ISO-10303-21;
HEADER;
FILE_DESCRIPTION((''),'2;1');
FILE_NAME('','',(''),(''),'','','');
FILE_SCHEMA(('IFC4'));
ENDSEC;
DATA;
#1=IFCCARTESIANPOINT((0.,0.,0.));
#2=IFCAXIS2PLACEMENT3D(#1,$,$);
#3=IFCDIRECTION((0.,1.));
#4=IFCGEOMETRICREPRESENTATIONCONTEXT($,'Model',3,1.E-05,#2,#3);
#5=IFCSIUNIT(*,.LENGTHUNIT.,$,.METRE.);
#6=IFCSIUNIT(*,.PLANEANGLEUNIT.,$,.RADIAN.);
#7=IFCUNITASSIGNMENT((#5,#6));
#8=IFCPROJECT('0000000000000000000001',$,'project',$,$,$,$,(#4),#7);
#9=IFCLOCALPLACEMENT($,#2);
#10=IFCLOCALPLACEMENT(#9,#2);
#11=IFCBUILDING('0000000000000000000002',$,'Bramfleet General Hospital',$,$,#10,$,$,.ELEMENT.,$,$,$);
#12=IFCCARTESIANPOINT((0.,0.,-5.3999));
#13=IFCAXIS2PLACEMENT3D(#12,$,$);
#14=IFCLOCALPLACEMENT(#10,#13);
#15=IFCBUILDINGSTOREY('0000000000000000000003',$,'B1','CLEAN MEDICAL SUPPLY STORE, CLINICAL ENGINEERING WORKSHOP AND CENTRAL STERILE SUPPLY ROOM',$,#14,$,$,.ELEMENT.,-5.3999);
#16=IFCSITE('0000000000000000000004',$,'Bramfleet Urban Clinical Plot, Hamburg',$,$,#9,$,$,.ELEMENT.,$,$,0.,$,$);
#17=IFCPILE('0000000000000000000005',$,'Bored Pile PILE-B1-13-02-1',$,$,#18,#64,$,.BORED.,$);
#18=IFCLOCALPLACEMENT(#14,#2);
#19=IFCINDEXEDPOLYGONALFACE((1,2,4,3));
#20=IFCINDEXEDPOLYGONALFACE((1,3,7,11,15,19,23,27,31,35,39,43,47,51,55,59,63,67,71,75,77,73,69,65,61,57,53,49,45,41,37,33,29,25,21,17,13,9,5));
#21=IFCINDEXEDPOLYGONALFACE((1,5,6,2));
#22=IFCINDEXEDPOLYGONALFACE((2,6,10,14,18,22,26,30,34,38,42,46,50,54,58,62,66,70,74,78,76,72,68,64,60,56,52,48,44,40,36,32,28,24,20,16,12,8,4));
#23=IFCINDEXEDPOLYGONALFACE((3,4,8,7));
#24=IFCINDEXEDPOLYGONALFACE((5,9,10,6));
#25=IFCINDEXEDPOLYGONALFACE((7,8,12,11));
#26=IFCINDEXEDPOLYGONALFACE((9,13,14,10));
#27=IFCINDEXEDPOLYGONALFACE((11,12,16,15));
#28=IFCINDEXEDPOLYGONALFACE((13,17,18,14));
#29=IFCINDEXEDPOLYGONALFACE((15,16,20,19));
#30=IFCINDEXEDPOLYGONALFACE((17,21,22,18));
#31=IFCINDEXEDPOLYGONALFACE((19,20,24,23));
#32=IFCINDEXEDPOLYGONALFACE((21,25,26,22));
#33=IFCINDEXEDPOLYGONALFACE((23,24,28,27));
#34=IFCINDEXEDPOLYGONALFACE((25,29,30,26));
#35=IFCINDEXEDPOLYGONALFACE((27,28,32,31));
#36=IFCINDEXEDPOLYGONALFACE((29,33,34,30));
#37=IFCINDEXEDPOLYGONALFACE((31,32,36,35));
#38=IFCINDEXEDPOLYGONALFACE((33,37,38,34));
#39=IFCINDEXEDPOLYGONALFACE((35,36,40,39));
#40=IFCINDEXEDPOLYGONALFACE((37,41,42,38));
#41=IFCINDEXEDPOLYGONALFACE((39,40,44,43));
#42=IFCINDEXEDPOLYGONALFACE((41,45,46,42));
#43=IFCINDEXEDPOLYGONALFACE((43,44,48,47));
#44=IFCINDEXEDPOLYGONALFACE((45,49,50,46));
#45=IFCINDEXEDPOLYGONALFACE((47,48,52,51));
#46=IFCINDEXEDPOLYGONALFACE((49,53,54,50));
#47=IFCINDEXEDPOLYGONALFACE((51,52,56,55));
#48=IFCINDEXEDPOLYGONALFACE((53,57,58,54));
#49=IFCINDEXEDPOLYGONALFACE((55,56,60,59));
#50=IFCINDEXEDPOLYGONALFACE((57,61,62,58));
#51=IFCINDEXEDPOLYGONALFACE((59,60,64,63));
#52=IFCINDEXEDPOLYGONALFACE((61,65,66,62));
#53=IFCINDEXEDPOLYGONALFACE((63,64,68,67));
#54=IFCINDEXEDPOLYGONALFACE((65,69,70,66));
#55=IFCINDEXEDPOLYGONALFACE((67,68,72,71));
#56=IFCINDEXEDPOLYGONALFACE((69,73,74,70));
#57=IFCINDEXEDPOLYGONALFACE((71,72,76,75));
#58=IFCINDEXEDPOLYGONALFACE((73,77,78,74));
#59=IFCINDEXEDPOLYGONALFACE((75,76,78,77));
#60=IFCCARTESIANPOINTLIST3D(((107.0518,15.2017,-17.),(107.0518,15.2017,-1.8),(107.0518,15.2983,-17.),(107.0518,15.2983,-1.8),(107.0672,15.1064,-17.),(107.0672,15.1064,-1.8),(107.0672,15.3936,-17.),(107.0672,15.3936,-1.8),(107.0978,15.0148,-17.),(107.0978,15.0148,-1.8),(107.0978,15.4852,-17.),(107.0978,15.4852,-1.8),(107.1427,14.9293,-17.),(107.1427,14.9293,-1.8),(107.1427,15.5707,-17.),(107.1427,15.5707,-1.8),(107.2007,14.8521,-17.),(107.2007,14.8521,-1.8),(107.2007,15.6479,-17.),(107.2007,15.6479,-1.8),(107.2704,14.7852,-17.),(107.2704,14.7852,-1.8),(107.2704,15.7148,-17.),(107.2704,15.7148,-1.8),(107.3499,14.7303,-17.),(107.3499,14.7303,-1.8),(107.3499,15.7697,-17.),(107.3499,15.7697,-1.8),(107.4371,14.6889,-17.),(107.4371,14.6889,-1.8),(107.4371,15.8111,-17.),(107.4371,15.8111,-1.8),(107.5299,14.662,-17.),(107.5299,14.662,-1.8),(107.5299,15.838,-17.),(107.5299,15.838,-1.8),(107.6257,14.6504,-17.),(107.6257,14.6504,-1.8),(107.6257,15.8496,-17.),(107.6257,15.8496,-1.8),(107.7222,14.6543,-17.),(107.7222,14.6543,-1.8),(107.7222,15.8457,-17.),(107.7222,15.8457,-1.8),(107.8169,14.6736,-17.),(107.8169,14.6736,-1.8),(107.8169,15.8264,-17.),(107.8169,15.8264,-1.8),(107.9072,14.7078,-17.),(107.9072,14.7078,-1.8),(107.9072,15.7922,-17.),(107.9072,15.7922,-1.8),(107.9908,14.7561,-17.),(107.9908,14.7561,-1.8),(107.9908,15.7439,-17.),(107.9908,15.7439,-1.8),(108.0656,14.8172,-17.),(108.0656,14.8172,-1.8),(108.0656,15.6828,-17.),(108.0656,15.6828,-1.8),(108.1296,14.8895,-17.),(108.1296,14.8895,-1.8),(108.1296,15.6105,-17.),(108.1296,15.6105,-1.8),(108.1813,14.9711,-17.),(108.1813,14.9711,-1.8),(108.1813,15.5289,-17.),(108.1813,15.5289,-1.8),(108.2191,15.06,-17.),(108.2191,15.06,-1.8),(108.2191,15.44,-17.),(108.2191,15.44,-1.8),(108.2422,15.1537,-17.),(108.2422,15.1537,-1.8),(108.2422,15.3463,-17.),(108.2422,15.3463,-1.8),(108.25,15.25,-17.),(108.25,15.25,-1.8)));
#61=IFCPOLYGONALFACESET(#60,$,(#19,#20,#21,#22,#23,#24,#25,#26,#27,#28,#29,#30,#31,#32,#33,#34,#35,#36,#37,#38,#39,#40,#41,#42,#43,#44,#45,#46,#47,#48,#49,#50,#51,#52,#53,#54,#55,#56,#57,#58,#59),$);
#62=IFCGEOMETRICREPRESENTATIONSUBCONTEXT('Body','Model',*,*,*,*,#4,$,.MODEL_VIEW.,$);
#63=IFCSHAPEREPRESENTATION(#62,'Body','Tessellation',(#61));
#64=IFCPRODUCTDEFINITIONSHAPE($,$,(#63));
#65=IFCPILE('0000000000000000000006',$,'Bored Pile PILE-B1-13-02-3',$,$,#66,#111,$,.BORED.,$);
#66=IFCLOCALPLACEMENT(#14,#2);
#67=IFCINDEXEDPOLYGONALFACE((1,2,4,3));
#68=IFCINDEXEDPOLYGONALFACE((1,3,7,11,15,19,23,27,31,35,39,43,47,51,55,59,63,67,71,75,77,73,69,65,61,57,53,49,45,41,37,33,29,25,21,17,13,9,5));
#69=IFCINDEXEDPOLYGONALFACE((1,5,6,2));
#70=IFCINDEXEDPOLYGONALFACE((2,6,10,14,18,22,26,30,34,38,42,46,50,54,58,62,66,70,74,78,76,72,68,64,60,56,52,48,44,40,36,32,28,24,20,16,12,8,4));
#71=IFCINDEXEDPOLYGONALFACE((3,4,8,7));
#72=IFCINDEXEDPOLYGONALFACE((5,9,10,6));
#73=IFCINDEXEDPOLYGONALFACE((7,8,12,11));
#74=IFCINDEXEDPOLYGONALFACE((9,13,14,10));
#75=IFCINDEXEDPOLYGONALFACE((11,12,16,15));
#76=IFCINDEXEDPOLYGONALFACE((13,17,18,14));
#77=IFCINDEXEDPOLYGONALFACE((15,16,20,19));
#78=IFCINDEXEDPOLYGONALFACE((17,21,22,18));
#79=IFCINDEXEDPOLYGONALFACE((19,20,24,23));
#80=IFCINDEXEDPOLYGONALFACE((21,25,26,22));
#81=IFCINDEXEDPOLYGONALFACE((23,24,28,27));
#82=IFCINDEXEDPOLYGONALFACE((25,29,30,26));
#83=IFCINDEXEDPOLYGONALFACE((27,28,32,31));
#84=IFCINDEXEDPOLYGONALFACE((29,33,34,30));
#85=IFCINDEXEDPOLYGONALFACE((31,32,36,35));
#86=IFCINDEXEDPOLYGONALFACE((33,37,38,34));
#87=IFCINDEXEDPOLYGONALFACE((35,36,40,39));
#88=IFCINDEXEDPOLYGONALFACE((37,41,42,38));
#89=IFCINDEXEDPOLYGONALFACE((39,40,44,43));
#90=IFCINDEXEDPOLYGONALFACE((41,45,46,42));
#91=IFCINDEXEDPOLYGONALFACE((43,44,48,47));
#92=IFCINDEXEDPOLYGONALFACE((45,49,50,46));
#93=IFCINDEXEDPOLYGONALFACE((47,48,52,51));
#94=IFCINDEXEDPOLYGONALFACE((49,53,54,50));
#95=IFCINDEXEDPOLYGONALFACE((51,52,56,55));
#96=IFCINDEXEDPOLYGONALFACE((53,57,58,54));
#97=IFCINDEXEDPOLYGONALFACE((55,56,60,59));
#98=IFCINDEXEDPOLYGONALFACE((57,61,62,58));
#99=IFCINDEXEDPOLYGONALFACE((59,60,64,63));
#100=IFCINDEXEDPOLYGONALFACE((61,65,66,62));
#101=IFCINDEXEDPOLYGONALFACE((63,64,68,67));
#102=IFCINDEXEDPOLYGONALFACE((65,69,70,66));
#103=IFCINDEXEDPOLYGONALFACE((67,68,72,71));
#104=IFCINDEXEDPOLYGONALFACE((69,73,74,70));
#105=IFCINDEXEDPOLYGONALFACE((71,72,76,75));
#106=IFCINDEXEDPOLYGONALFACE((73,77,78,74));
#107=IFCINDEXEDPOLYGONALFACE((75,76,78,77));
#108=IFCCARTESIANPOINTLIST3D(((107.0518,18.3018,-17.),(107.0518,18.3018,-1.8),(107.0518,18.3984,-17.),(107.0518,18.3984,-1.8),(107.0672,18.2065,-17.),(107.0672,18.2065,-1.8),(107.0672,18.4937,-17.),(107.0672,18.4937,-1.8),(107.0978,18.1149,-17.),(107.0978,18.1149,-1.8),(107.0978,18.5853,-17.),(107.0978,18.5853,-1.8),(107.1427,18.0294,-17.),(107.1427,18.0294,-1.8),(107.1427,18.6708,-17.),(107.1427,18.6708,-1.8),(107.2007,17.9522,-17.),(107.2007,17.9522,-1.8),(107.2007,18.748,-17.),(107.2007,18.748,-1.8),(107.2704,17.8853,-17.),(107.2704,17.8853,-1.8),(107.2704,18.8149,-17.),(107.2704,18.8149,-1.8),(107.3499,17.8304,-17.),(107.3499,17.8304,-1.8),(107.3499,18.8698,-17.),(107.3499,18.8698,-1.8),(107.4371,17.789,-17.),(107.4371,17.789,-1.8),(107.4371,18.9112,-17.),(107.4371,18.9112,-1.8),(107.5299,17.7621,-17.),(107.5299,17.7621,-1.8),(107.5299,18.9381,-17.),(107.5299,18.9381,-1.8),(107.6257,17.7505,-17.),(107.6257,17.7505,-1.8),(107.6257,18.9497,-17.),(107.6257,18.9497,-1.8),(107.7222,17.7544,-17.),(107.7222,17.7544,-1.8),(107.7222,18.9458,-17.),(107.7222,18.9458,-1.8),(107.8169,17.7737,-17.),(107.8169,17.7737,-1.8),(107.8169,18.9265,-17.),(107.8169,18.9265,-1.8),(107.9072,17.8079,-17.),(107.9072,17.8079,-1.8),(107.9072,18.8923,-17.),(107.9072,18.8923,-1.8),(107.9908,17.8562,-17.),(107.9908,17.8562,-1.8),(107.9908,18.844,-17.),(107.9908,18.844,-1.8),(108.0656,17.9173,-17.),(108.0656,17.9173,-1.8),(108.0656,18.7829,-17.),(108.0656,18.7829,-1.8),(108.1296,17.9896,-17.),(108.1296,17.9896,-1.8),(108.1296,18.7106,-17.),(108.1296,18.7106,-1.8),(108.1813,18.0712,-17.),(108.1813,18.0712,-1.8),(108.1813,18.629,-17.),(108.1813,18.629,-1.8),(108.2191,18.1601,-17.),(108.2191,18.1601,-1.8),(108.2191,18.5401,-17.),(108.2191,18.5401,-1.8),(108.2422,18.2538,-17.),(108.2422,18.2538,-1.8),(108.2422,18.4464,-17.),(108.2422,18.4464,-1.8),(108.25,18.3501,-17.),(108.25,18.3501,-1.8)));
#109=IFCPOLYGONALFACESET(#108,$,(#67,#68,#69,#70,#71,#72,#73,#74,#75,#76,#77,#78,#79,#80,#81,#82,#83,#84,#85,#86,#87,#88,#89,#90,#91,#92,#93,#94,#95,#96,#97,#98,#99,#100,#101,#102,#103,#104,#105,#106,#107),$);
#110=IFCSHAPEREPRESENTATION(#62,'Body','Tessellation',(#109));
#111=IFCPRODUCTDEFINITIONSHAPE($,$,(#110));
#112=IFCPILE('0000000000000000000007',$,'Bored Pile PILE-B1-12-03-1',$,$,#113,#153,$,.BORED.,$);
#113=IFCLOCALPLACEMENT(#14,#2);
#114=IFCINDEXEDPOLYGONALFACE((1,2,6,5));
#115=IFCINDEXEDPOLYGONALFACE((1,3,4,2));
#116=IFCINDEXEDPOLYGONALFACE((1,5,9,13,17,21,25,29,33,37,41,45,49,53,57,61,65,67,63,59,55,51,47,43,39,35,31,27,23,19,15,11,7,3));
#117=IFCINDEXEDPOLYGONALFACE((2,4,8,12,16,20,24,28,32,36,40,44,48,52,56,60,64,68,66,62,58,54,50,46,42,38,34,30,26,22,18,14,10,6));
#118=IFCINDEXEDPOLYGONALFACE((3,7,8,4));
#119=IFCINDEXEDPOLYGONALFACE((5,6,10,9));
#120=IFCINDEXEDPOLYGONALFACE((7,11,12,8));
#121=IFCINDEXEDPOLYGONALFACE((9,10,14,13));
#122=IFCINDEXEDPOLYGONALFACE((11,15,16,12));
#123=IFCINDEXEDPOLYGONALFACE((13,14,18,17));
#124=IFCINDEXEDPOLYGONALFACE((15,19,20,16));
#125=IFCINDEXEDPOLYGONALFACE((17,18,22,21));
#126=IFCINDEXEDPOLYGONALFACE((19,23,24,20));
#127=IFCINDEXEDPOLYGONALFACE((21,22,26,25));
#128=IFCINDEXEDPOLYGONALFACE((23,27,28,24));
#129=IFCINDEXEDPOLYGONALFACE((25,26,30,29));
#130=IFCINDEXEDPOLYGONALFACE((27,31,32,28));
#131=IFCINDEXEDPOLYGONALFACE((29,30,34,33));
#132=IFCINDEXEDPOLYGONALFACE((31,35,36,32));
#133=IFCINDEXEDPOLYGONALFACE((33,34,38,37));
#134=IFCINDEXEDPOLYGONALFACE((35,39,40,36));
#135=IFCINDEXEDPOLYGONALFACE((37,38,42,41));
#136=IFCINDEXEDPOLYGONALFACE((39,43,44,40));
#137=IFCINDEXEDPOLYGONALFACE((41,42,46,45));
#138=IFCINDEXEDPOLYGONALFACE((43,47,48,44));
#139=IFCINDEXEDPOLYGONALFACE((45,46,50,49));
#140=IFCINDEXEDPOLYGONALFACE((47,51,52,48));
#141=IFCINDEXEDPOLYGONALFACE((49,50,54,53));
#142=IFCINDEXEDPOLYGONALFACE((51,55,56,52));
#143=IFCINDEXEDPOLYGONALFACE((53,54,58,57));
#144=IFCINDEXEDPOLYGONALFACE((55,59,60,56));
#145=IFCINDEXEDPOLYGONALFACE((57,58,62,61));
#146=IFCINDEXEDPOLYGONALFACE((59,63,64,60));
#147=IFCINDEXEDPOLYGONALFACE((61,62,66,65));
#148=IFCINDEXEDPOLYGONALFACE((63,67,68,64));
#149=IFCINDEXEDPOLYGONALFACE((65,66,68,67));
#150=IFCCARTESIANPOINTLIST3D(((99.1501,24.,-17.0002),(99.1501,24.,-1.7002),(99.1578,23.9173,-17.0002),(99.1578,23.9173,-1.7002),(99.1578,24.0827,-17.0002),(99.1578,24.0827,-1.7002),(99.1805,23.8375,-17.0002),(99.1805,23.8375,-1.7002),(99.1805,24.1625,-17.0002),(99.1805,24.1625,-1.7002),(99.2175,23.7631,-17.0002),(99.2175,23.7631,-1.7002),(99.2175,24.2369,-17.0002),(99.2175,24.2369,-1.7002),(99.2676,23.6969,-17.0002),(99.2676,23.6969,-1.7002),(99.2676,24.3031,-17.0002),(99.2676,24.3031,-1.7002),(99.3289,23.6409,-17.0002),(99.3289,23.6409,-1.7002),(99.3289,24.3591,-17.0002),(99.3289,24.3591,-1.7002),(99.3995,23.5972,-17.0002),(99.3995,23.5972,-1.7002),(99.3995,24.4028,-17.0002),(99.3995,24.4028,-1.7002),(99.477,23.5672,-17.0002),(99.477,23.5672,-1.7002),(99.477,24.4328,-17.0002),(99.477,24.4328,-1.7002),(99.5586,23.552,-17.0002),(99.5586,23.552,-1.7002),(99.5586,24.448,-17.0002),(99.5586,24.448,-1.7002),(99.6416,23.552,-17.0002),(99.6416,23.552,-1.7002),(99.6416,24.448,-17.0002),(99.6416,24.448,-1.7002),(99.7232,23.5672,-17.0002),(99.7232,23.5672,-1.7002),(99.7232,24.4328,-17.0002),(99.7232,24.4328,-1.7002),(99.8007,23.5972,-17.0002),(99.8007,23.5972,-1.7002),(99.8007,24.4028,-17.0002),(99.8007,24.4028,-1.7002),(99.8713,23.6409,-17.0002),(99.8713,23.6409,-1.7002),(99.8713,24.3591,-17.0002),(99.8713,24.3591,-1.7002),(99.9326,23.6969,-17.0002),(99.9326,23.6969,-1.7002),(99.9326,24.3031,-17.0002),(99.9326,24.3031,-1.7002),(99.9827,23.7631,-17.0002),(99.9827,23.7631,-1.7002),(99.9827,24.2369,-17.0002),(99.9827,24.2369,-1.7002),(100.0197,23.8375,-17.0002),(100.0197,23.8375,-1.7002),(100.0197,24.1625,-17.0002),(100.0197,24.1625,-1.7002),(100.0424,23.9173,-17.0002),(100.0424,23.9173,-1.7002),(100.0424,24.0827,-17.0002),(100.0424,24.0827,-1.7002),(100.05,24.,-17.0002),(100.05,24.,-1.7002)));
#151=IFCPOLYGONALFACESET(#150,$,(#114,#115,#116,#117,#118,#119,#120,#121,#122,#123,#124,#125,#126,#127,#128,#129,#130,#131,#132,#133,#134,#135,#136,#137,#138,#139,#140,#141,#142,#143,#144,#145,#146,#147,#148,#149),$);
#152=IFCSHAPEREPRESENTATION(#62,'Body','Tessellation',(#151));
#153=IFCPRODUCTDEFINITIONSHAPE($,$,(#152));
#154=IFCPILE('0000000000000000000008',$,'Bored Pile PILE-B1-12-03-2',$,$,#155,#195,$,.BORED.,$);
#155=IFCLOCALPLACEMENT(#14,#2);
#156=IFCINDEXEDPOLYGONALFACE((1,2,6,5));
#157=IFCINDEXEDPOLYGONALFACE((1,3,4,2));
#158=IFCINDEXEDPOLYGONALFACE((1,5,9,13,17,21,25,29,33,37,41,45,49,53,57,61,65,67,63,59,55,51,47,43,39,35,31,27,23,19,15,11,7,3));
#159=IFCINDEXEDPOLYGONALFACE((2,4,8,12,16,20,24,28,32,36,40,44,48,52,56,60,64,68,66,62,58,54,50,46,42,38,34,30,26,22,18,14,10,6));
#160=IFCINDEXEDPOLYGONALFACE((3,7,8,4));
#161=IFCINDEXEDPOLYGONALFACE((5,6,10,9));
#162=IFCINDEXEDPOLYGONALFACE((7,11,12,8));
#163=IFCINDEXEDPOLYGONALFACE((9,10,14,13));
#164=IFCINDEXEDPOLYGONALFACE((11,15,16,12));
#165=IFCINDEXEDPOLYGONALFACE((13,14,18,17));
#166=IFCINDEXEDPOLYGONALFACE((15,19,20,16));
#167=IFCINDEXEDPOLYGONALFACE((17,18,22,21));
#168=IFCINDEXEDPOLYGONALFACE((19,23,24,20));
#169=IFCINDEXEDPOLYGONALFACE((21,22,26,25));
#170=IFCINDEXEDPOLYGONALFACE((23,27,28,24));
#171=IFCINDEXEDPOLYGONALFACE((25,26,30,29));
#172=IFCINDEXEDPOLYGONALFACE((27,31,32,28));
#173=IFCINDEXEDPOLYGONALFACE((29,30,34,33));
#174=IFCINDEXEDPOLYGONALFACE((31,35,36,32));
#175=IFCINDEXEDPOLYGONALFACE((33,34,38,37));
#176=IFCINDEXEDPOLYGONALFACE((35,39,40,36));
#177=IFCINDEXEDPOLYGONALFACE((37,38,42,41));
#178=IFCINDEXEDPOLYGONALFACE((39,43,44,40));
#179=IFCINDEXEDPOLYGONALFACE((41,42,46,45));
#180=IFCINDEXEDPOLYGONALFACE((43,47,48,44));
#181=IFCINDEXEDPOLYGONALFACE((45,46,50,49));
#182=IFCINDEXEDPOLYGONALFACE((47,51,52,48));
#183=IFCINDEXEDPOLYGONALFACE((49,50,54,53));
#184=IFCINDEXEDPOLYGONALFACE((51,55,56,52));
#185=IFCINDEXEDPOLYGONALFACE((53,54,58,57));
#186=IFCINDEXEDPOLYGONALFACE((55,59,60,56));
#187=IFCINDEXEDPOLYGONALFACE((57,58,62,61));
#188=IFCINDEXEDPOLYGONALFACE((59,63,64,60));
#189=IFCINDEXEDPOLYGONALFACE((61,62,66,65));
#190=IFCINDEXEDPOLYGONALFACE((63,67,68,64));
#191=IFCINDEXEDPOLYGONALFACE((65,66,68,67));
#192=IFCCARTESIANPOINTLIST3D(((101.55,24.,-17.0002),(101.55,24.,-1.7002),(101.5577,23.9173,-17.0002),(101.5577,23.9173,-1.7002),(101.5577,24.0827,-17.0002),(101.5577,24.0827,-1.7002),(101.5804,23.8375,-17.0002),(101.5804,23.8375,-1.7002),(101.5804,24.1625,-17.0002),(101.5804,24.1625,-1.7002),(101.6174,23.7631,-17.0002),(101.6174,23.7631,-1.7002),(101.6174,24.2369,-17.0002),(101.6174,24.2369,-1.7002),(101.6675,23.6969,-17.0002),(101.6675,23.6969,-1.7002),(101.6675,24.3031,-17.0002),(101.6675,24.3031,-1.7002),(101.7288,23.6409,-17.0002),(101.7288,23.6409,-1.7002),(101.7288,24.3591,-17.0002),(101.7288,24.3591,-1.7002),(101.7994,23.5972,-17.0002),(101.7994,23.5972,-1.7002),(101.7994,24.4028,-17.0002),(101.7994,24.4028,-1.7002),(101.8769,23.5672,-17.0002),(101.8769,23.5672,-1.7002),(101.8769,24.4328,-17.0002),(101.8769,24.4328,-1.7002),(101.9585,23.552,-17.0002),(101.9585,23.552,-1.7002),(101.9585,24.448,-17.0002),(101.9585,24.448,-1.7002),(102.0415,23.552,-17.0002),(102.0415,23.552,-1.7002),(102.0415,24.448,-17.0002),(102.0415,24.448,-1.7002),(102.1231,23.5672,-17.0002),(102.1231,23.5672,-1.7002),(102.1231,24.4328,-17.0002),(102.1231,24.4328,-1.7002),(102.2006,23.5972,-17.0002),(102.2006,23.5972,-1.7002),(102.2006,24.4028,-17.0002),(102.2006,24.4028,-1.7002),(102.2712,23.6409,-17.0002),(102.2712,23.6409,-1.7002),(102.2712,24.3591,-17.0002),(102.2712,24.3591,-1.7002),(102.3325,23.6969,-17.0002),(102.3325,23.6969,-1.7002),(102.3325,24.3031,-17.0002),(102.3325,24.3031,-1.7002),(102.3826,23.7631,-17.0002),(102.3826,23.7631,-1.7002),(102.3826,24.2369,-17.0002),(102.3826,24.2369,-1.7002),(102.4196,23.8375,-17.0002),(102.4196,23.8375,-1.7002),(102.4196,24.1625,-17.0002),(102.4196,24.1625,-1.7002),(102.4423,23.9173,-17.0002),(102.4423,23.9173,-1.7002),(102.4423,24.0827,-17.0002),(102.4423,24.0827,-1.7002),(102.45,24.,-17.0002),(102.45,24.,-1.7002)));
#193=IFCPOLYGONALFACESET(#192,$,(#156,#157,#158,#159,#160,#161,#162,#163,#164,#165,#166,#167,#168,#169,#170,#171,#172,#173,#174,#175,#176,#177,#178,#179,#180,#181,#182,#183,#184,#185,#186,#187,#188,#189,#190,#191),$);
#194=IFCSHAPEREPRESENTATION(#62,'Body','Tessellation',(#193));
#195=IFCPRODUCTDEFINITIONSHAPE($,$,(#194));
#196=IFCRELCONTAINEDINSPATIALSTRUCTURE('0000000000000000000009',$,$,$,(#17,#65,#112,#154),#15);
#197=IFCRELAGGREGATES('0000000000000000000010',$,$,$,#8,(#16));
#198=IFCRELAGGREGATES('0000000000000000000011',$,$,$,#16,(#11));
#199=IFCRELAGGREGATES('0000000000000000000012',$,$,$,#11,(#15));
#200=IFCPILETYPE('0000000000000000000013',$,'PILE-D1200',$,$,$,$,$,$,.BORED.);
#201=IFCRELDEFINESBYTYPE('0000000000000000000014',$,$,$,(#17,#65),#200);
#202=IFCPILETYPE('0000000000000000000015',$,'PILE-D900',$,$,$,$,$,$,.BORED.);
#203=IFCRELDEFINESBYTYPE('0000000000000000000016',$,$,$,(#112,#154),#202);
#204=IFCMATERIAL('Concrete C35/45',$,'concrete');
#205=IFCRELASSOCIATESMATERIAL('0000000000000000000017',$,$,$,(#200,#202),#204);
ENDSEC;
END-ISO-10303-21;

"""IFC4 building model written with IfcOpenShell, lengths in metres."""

from ifc_helpers import new_model, si_unit, direction, frame, origin, origin_2d, place, context, subcontext, project, spatial, circle, extrude, material, material_profile, profile_set, type_object, element, save


model = new_model("IFC4")

# Units and contexts
model_context = context("Model", 3, precision=1e-05, world=origin(), true_north=direction((0.0, 1.0)))
body_context = subcontext(model_context, "Body", "Model", "MODEL_VIEW")
ifc_project = project(units=[si_unit("LENGTHUNIT", "METRE"), si_unit("PLANEANGLEUNIT", "RADIAN")], contexts=[model_context])

# Site, building, storey
site_placement = place(None, origin())
site = spatial("IfcSite", under=ifc_project, at=site_placement, Name="Bramfleet Urban Clinical Plot, Hamburg", CompositionType="ELEMENT", RefElevation=0.0)
building_placement = place(site_placement, origin())
building = spatial("IfcBuilding", under=site, at=building_placement, Name="Bramfleet General Hospital", CompositionType="ELEMENT")
storey_placement = place(building_placement, frame((0.0, 0.0, -5.3999)))
storey = spatial("IfcBuildingStorey", under=building, at=storey_placement, Name="B1", Description="CLEAN MEDICAL SUPPLY STORE, CLINICAL ENGINEERING WORKSHOP AND CENTRAL STERILE SUPPLY ROOM", CompositionType="ELEMENT", Elevation=-5.3999)

# Shared definitions
ifc_material_1 = material(Name="Concrete C35/45", Category="concrete")

# Piles
ifc_material_profile_1 = material_profile(ifc_material_1, circle(Radius=0.6001, at=origin_2d()), Name="PILE BORED D1200")
ifc_profile_set_1 = profile_set([ifc_material_profile_1], Name="Concrete C35/45")
pile_type_1 = type_object("IfcPileType", Name="PILE-D1200", PredefinedType="BORED", material=ifc_profile_set_1)
for number, where, z_axis, x_axis, name in (
    (1, (107.6499, 15.25, -1.8), (0.0, 0.0, -1.0), (1.0, 0.0, 0.0), "Bored Pile PILE-B1-13-02-1"),
    (2, (107.6499, 18.3501, -1.8), (0.0, 0.0, -1.0), (1.0, 0.0, 0.0), "Bored Pile PILE-B1-13-02-3"),
):
    element("IfcPile", number, at=place(storey_placement, frame(where, z_axis=z_axis, x_axis=x_axis)), inside=storey, type_object=pile_type_1, Name=name, PredefinedType="BORED", context=body_context, shape_type="SweptSolid", body=[
        extrude(circle(Radius=0.6001, at=origin_2d()), origin(), (0.0, 0.0, 1.0), 15.2),
    ])
ifc_material_profile_2 = material_profile(ifc_material_1, circle(Radius=0.45, at=origin_2d()), Name="PILE BORED D900")
ifc_profile_set_2 = profile_set([ifc_material_profile_2], Name="Concrete C35/45")
pile_type_2 = type_object("IfcPileType", Name="PILE-D900", PredefinedType="BORED", material=ifc_profile_set_2)
for number, where, z_axis, x_axis, name in (
    (3, (99.6001, 24.0, -1.7002), (0.0, 0.0, -1.0), (1.0, 0.0, 0.0), "Bored Pile PILE-B1-12-03-1"),
    (4, (102.0, 24.0, -1.7002), (0.0, 0.0, -1.0), (1.0, 0.0, 0.0), "Bored Pile PILE-B1-12-03-2"),
):
    element("IfcPile", number, at=place(storey_placement, frame(where, z_axis=z_axis, x_axis=x_axis)), inside=storey, type_object=pile_type_2, Name=name, PredefinedType="BORED", context=body_context, shape_type="SweptSolid", body=[
        extrude(circle(Radius=0.45, at=origin_2d()), origin(), (0.0, 0.0, 1.0), 15.3),
    ])

save(model, "model.ifc")
